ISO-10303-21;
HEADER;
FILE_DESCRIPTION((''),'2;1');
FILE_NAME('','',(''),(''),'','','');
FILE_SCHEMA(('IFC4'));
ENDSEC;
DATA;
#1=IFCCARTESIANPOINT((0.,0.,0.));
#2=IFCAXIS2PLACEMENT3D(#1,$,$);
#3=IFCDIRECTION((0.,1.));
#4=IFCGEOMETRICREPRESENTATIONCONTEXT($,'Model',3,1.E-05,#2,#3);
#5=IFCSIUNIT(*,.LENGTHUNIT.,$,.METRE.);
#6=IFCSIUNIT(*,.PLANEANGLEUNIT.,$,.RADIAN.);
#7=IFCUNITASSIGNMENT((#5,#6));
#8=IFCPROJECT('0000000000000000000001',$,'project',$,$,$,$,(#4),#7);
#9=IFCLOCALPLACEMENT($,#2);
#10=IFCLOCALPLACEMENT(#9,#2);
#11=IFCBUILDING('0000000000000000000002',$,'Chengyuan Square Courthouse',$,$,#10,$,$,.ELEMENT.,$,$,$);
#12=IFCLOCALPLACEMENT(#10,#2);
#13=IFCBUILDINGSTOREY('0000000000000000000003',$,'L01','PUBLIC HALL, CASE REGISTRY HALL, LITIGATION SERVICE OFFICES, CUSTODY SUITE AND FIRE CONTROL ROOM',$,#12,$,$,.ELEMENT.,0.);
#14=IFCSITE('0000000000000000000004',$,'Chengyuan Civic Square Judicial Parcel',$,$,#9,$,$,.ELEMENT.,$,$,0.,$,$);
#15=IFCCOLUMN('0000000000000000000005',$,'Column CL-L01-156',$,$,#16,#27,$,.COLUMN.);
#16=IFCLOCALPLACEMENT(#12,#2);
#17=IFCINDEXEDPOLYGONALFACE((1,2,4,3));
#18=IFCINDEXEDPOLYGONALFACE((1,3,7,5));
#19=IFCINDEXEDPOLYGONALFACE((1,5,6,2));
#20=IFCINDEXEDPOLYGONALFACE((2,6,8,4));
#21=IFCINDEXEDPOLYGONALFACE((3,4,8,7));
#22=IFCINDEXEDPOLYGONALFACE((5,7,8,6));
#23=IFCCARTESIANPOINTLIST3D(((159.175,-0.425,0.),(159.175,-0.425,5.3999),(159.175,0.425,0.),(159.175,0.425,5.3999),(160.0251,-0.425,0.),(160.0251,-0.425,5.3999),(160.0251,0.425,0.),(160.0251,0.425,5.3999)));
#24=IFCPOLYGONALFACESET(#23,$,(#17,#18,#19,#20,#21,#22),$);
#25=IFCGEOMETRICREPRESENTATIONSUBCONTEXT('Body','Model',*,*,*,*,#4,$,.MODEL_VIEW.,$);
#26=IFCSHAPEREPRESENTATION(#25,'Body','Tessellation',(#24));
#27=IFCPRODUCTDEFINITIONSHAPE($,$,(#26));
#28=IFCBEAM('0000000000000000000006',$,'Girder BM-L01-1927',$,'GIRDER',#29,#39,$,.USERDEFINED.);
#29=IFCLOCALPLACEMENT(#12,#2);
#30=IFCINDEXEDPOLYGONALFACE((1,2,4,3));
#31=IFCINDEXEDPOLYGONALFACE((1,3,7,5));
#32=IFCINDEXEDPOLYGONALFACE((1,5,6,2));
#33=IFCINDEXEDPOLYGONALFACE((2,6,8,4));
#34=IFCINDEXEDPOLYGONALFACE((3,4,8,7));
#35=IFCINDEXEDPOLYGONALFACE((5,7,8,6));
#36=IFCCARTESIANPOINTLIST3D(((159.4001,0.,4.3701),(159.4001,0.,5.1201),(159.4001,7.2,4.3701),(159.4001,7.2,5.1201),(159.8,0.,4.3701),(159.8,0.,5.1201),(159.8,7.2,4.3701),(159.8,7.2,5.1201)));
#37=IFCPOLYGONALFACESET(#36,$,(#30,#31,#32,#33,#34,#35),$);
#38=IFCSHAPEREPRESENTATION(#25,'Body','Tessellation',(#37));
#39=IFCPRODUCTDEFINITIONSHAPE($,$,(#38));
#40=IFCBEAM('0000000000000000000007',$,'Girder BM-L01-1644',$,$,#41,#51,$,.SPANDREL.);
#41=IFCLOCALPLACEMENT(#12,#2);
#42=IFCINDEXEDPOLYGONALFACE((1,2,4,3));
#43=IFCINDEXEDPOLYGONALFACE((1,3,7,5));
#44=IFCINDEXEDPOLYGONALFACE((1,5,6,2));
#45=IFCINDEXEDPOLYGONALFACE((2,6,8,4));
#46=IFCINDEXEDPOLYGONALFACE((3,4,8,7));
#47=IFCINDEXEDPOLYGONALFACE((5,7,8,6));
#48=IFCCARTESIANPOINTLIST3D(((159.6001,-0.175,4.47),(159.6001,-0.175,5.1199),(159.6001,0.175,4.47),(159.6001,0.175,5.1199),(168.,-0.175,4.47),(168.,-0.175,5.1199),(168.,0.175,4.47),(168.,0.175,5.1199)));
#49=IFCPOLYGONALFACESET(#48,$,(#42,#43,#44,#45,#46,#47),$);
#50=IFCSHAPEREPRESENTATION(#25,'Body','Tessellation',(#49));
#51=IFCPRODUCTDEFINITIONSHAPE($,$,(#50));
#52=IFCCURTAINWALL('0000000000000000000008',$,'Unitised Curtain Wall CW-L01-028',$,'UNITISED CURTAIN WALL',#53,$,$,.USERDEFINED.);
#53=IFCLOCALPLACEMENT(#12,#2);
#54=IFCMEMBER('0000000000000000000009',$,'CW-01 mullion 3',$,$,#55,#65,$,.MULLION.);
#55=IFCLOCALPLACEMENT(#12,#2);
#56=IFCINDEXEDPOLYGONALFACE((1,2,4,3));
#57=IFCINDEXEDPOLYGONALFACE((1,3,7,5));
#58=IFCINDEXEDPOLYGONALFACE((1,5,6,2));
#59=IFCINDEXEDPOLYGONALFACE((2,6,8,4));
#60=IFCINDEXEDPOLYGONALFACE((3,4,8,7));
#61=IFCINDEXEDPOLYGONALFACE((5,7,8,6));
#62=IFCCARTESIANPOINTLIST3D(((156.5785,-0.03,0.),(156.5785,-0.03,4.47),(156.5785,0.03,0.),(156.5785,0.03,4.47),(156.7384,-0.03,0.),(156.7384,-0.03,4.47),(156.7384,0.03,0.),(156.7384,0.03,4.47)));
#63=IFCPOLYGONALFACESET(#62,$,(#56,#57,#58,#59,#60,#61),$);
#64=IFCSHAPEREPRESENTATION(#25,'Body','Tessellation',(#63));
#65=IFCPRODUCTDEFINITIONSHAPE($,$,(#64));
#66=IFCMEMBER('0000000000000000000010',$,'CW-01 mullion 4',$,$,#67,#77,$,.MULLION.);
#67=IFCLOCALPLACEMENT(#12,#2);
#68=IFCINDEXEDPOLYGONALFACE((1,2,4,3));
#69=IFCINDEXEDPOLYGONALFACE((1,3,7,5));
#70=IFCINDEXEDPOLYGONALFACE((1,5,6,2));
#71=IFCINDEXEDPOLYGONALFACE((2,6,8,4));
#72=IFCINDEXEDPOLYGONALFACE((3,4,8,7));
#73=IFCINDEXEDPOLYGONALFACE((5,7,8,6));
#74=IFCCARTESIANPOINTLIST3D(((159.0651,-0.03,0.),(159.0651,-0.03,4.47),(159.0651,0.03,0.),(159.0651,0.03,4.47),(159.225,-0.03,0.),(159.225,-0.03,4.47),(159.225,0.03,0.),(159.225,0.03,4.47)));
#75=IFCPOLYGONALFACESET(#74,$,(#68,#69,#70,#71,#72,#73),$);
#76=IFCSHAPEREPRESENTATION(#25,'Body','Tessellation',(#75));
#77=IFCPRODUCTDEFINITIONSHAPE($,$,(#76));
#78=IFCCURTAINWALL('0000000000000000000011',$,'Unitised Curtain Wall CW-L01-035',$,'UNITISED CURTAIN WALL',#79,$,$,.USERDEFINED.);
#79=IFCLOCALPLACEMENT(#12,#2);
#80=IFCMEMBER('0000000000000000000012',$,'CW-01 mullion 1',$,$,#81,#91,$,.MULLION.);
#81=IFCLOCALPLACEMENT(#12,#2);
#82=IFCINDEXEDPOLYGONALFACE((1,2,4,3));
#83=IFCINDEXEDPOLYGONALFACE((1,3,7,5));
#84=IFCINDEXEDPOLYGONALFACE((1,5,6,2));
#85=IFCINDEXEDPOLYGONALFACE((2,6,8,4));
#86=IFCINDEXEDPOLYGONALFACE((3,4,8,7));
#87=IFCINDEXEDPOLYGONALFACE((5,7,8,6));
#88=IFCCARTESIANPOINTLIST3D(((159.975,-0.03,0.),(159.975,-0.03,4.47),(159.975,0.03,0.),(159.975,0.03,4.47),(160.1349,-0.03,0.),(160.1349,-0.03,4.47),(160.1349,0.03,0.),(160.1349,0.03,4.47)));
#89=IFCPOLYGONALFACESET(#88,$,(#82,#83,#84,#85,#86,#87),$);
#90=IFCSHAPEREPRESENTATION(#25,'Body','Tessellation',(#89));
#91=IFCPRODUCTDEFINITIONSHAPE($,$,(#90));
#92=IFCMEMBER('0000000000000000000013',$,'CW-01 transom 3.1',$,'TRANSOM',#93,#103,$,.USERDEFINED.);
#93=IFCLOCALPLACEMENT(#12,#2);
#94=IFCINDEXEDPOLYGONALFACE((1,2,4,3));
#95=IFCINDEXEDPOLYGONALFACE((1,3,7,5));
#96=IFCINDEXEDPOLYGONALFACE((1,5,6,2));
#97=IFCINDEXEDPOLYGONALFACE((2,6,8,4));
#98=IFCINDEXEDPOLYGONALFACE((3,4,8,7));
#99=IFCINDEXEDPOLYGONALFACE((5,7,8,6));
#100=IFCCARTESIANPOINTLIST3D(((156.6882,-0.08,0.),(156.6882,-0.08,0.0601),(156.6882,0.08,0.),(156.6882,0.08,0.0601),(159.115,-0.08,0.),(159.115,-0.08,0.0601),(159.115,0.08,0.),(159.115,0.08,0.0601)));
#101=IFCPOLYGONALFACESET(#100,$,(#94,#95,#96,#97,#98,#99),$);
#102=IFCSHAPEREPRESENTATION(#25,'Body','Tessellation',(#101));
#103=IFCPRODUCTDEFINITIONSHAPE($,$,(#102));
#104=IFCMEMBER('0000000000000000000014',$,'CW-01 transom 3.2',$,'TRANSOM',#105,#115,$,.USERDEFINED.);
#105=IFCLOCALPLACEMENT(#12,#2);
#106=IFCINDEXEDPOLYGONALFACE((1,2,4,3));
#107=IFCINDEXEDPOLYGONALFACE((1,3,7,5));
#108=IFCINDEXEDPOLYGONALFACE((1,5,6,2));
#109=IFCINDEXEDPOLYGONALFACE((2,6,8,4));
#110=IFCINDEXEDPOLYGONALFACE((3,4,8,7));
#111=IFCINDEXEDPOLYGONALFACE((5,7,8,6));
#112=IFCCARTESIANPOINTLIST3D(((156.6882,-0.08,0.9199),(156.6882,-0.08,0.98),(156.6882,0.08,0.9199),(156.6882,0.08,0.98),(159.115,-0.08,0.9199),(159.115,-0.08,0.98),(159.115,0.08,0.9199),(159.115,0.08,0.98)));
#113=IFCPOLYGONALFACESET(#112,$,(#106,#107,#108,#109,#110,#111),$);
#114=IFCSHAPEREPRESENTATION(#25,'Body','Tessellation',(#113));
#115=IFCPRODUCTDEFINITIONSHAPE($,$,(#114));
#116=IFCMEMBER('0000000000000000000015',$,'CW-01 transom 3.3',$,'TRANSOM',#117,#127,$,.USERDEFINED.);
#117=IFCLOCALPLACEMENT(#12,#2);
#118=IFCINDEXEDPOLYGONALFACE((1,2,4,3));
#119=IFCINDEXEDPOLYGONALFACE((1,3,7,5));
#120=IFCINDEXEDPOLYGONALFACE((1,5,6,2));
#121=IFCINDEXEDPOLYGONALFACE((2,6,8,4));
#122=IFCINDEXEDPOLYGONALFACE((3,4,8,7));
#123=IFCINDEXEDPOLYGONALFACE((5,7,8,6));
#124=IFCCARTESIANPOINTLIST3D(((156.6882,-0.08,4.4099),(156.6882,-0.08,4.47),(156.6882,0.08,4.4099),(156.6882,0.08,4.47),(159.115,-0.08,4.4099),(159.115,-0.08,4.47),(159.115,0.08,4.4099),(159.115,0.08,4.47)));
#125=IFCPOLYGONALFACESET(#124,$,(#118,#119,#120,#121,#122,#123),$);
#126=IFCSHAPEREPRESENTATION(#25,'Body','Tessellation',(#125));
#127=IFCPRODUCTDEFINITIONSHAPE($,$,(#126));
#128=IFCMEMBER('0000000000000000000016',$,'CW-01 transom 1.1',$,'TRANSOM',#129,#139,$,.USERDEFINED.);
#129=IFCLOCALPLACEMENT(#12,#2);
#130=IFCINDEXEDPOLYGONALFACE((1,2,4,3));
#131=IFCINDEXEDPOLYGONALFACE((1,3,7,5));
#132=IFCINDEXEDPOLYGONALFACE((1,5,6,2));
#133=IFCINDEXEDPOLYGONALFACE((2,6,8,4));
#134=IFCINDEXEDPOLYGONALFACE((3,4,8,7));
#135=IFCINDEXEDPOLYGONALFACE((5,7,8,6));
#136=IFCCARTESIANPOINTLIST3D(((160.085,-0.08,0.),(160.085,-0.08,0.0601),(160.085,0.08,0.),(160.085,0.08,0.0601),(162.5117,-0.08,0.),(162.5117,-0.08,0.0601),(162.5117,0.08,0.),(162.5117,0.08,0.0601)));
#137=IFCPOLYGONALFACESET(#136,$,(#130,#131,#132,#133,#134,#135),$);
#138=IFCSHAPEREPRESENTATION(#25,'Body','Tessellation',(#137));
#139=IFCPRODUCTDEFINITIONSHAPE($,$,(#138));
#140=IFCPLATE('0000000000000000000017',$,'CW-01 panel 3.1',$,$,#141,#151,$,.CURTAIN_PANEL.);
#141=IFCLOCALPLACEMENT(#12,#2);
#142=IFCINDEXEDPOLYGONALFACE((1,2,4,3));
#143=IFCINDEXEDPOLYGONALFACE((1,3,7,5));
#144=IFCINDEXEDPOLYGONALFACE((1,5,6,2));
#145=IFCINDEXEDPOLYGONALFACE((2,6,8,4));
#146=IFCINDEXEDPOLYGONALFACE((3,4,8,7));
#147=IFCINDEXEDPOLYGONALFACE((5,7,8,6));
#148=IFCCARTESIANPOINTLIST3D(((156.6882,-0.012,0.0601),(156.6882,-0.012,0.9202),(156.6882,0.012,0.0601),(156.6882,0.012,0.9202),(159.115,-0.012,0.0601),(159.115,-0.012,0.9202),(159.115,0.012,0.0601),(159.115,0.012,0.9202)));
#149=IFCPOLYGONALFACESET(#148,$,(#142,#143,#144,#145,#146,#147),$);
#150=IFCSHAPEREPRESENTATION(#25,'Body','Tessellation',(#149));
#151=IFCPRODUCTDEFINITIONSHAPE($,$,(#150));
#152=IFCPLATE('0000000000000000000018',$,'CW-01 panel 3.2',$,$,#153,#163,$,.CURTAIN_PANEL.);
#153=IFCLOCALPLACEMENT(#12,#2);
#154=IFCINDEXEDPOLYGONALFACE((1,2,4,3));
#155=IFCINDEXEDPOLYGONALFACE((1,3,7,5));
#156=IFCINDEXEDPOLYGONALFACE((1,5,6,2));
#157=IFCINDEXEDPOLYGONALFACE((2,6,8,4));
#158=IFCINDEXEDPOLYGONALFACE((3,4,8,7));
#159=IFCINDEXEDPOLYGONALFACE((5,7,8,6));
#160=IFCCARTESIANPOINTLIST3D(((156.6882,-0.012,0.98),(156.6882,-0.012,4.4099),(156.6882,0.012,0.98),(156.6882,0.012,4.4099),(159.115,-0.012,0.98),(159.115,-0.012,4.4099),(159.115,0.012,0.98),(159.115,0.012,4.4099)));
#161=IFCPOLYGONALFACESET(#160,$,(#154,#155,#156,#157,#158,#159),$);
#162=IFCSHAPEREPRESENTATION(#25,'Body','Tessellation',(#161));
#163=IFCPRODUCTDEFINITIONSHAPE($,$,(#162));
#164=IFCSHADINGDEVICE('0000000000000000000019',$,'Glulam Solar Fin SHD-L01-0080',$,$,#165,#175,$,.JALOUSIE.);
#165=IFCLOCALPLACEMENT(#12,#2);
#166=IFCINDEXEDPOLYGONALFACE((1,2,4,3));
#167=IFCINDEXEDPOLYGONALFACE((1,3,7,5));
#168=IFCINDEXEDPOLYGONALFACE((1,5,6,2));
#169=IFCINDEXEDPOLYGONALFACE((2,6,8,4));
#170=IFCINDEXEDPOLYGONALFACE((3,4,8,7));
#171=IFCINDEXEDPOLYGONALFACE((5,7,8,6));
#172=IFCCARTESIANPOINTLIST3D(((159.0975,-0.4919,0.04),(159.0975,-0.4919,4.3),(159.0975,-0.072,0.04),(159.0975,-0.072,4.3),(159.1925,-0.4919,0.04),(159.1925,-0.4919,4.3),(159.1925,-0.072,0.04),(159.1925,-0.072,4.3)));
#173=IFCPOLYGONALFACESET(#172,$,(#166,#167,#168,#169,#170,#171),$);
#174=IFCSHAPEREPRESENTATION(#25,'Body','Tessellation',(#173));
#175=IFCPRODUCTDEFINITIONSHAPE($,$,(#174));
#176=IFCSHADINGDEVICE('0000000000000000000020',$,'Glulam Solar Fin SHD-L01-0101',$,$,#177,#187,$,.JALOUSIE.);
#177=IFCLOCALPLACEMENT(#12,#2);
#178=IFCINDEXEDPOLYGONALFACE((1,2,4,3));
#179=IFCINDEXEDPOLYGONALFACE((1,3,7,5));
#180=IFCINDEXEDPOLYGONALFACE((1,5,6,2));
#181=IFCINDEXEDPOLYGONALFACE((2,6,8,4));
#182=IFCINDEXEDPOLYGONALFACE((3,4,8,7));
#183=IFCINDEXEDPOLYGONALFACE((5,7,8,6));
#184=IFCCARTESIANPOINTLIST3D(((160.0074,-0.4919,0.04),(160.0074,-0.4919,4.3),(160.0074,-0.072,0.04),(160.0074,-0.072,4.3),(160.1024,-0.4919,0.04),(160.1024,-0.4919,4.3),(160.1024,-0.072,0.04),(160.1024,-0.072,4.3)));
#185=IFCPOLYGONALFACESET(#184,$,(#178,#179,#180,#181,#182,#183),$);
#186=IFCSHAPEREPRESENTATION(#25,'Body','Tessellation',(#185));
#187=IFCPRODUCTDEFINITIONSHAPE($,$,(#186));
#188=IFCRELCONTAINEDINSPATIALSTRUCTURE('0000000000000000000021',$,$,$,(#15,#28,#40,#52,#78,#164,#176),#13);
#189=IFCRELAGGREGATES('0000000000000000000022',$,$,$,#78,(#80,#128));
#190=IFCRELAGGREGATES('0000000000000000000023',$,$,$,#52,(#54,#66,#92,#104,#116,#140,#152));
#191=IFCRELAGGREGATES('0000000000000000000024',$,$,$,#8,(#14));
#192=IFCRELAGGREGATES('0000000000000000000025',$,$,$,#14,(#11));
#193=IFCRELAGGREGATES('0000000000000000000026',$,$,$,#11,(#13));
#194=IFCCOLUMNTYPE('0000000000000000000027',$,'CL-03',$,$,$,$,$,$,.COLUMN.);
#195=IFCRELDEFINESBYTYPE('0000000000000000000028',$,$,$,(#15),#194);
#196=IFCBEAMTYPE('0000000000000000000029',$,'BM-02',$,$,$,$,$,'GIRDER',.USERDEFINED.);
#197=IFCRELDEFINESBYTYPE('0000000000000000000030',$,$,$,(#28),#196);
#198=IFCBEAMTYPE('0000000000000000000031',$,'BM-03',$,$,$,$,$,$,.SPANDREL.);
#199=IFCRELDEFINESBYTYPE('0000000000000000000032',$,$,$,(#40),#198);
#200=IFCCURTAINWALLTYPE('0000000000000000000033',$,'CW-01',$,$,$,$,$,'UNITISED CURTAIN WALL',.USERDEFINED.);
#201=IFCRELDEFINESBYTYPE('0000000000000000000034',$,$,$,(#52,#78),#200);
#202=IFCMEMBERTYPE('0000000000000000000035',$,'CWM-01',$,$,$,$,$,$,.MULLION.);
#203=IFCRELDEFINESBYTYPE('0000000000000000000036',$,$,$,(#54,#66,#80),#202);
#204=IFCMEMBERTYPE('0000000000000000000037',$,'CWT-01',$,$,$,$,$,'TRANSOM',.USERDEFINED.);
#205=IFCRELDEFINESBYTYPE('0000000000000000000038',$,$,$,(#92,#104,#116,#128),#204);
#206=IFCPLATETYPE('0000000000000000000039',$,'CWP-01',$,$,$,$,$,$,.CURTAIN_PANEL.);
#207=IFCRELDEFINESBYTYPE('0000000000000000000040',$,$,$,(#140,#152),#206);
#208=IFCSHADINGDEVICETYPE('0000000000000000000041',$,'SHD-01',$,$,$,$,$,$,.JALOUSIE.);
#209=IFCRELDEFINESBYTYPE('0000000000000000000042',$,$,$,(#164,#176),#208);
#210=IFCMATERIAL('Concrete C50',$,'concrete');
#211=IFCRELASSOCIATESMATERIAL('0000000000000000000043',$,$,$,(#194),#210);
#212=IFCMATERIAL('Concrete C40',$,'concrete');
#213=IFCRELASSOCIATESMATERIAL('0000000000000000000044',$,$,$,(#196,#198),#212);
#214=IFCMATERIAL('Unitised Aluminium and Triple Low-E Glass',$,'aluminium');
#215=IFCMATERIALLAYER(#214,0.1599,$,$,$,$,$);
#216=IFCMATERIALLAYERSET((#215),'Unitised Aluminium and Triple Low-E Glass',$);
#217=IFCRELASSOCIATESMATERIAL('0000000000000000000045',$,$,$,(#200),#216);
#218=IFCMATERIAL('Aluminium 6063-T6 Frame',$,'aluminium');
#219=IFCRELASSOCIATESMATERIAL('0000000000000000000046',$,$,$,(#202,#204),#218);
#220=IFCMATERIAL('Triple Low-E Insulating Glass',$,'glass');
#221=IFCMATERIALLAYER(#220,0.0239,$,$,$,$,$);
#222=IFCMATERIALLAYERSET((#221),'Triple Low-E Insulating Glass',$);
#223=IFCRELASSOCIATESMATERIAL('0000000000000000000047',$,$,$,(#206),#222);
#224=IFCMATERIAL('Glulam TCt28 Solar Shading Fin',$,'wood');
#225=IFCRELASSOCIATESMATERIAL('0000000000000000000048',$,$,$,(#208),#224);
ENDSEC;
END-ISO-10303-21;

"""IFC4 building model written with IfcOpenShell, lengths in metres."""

from ifc_helpers import new_model, si_unit, direction, frame, origin, origin_2d, place, context, subcontext, project, spatial, rectangle, extrude, material, layer, layer_set, material_profile, profile_set, type_object, element, aggregate, save


model = new_model("IFC4")

# Units and contexts
model_context = context("Model", 3, precision=1e-05, world=origin(), true_north=direction((0.0, 1.0)))
body_context = subcontext(model_context, "Body", "Model", "MODEL_VIEW")
ifc_project = project(units=[si_unit("LENGTHUNIT", "METRE"), si_unit("PLANEANGLEUNIT", "RADIAN")], contexts=[model_context])

# Site, building, storey
site_placement = place(None, origin())
site = spatial("IfcSite", under=ifc_project, at=site_placement, Name="Chengyuan Civic Square Judicial Parcel", CompositionType="ELEMENT", RefElevation=0.0)
building_placement = place(site_placement, origin())
building = spatial("IfcBuilding", under=site, at=building_placement, Name="Chengyuan Square Courthouse", CompositionType="ELEMENT")
storey_placement = place(building_placement, origin())
storey = spatial("IfcBuildingStorey", under=building, at=storey_placement, Name="L01", Description="PUBLIC HALL, CASE REGISTRY HALL, LITIGATION SERVICE OFFICES, CUSTODY SUITE AND FIRE CONTROL ROOM", CompositionType="ELEMENT", Elevation=0.0)

# Column
ifc_material_1 = material(Name="Concrete C50", Category="concrete")
ifc_material_profile_1 = material_profile(ifc_material_1, rectangle(XDim=0.8501, YDim=0.8501, at=origin_2d()), Name="RC-COL-850x850")
ifc_profile_set_1 = profile_set([ifc_material_profile_1], Name="Concrete C50")
column_type = type_object("IfcColumnType", Name="CL-03", PredefinedType="COLUMN", material=ifc_profile_set_1)
column_placement = place(storey_placement, frame((159.6001, 0.0, 0.0), z_axis=(0.0, 0.0, 1.0), x_axis=(1.0, 0.0, 0.0)))
element("IfcColumn", 1, at=column_placement, inside=storey, type_object=column_type, Name="Column CL-L01-156", PredefinedType="COLUMN", context=body_context, shape_type="SweptSolid", body=[
    extrude(rectangle(XDim=0.8501, YDim=0.8501, at=origin_2d()), origin(), (0.0, 0.0, 1.0), 5.3999),
])

# Beams
ifc_material_2 = material(Name="Concrete C40", Category="concrete")
ifc_material_profile_2 = material_profile(ifc_material_2, rectangle(XDim=0.3999, YDim=0.75, at=origin_2d()), Name="RC-BM-400x750")
ifc_profile_set_2 = profile_set([ifc_material_profile_2], Name="Concrete C40")
beam_type_1 = type_object("IfcBeamType", Name="BM-02", ElementType="GIRDER", PredefinedType="USERDEFINED", material=ifc_profile_set_2)
beam_1_placement = place(storey_placement, frame((159.6001, 0.0, 4.7451), z_axis=(0.0, 1.0, 0.0), x_axis=(-1.0, 0.0, 0.0)))
element("IfcBeam", 2, at=beam_1_placement, inside=storey, type_object=beam_type_1, Name="Girder BM-L01-1927", ObjectType="GIRDER", PredefinedType="USERDEFINED", context=body_context, shape_type="SweptSolid", body=[
    extrude(rectangle(XDim=0.3999, YDim=0.75, at=origin_2d()), origin(), (0.0, 0.0, 1.0), 7.2),
])
ifc_material_profile_3 = material_profile(ifc_material_2, rectangle(XDim=0.3501, YDim=0.6499, at=origin_2d()), Name="RC-BM-350x650")
ifc_profile_set_3 = profile_set([ifc_material_profile_3], Name="Concrete C40")
beam_type_2 = type_object("IfcBeamType", Name="BM-03", PredefinedType="SPANDREL", material=ifc_profile_set_3)
beam_2_placement = place(storey_placement, frame((159.6001, 0.0, 4.7949), z_axis=(1.0, 0.0, 0.0), x_axis=(0.0, 1.0, 0.0)))
element("IfcBeam", 3, at=beam_2_placement, inside=storey, type_object=beam_type_2, Name="Girder BM-L01-1644", PredefinedType="SPANDREL", context=body_context, shape_type="SweptSolid", body=[
    extrude(rectangle(XDim=0.3501, YDim=0.6499, at=origin_2d()), origin(), (0.0, 0.0, 1.0), 8.3999),
])

# Curtain wall, members
ifc_material_3 = material(Name="Unitised Aluminium and Triple Low-E Glass", Category="aluminium")
ifc_layer_1 = layer(ifc_material_3, 0.1599)
ifc_layer_set_1 = layer_set([ifc_layer_1], Name="Unitised Aluminium and Triple Low-E Glass")
curtain_wall_type = type_object("IfcCurtainWallType", Name="CW-01", ElementType="UNITISED CURTAIN WALL", PredefinedType="USERDEFINED", material=ifc_layer_set_1)
curtain_wall_1_placement = place(storey_placement, origin())
curtain_wall_1 = element("IfcCurtainWall", 4, at=curtain_wall_1_placement, inside=storey, type_object=curtain_wall_type, Name="Unitised Curtain Wall CW-L01-028", ObjectType="UNITISED CURTAIN WALL", PredefinedType="USERDEFINED")
ifc_material_4 = material(Name="Aluminium 6063-T6 Frame", Category="aluminium")
ifc_material_profile_4 = material_profile(ifc_material_4, rectangle(XDim=0.0601, YDim=0.1599, at=origin_2d()), Name="CW-MUL-60x160")
ifc_profile_set_4 = profile_set([ifc_material_profile_4], Name="Aluminium 6063-T6 Frame")
member_type_1 = type_object("IfcMemberType", Name="CWM-01", PredefinedType="MULLION", material=ifc_profile_set_4)
member_1_placement = place(storey_placement, frame((156.6584, 0.0, 0.0), z_axis=(0.0, 0.0, 1.0), x_axis=(0.0, 1.0, 0.0)))
member_1 = element("IfcMember", 5, at=member_1_placement, type_object=member_type_1, Name="CW-01 mullion 3", PredefinedType="MULLION", context=body_context, shape_type="SweptSolid", body=[
    extrude(rectangle(XDim=0.0601, YDim=0.1599, at=origin_2d()), origin(), (0.0, 0.0, 1.0), 4.47),
])
member_2_placement = place(storey_placement, frame((159.145, 0.0, 0.0), z_axis=(0.0, 0.0, 1.0), x_axis=(0.0, 1.0, 0.0)))
member_2 = element("IfcMember", 6, at=member_2_placement, type_object=member_type_1, Name="CW-01 mullion 4", PredefinedType="MULLION", context=body_context, shape_type="SweptSolid", body=[
    extrude(rectangle(XDim=0.0601, YDim=0.1599, at=origin_2d()), origin(), (0.0, 0.0, 1.0), 4.47),
])

# Curtain wall, member
curtain_wall_2_placement = place(storey_placement, origin())
curtain_wall_2 = element("IfcCurtainWall", 7, at=curtain_wall_2_placement, inside=storey, type_object=curtain_wall_type, Name="Unitised Curtain Wall CW-L01-035", ObjectType="UNITISED CURTAIN WALL", PredefinedType="USERDEFINED")
member_3_placement = place(storey_placement, frame((160.0549, 0.0, 0.0), z_axis=(0.0, 0.0, 1.0), x_axis=(0.0, 1.0, 0.0)))
member_3 = element("IfcMember", 8, at=member_3_placement, type_object=member_type_1, Name="CW-01 mullion 1", PredefinedType="MULLION", context=body_context, shape_type="SweptSolid", body=[
    extrude(rectangle(XDim=0.0601, YDim=0.1599, at=origin_2d()), origin(), (0.0, 0.0, 1.0), 4.47),
])

# Members
ifc_material_profile_5 = material_profile(ifc_material_4, rectangle(XDim=0.1599, YDim=0.0601, at=origin_2d()), Name="CW-TRN-60x120")
ifc_profile_set_5 = profile_set([ifc_material_profile_5], Name="Aluminium 6063-T6 Frame")
member_type_2 = type_object("IfcMemberType", Name="CWT-01", ElementType="TRANSOM", PredefinedType="USERDEFINED", material=ifc_profile_set_5)
member_4_placement = place(storey_placement, frame((156.6882, 0.0, 0.03), z_axis=(1.0, 0.0, 0.0), x_axis=(0.0, 1.0, 0.0)))
member_4 = element("IfcMember", 9, at=member_4_placement, type_object=member_type_2, Name="CW-01 transom 3.1", ObjectType="TRANSOM", PredefinedType="USERDEFINED", context=body_context, shape_type="SweptSolid", body=[
    extrude(rectangle(XDim=0.1599, YDim=0.0601, at=origin_2d()), origin(), (0.0, 0.0, 1.0), 2.4268),
])
member_5_placement = place(storey_placement, frame((156.6882, 0.0, 0.95), z_axis=(1.0, 0.0, 0.0), x_axis=(0.0, 1.0, 0.0)))
member_5 = element("IfcMember", 10, at=member_5_placement, type_object=member_type_2, Name="CW-01 transom 3.2", ObjectType="TRANSOM", PredefinedType="USERDEFINED", context=body_context, shape_type="SweptSolid", body=[
    extrude(rectangle(XDim=0.1599, YDim=0.0601, at=origin_2d()), origin(), (0.0, 0.0, 1.0), 2.4268),
])
member_6_placement = place(storey_placement, frame((156.6882, 0.0, 4.4399), z_axis=(1.0, 0.0, 0.0), x_axis=(0.0, 1.0, 0.0)))
member_6 = element("IfcMember", 11, at=member_6_placement, type_object=member_type_2, Name="CW-01 transom 3.3", ObjectType="TRANSOM", PredefinedType="USERDEFINED", context=body_context, shape_type="SweptSolid", body=[
    extrude(rectangle(XDim=0.1599, YDim=0.0601, at=origin_2d()), origin(), (0.0, 0.0, 1.0), 2.4268),
])
member_7_placement = place(storey_placement, frame((160.085, 0.0, 0.03), z_axis=(1.0, 0.0, 0.0), x_axis=(0.0, 1.0, 0.0)))
member_7 = element("IfcMember", 12, at=member_7_placement, type_object=member_type_2, Name="CW-01 transom 1.1", ObjectType="TRANSOM", PredefinedType="USERDEFINED", context=body_context, shape_type="SweptSolid", body=[
    extrude(rectangle(XDim=0.1599, YDim=0.0601, at=origin_2d()), origin(), (0.0, 0.0, 1.0), 2.4268),
])
aggregate(curtain_wall_2, [member_3, member_7])

# Plates
ifc_material_5 = material(Name="Triple Low-E Insulating Glass", Category="glass")
ifc_layer_2 = layer(ifc_material_5, 0.0239)
ifc_layer_set_2 = layer_set([ifc_layer_2], Name="Triple Low-E Insulating Glass")
plate_type = type_object("IfcPlateType", Name="CWP-01", PredefinedType="CURTAIN_PANEL", material=ifc_layer_set_2)
plate_1_placement = place(storey_placement, frame((157.9016, 0.0, 0.0601), z_axis=(0.0, 0.0, 1.0), x_axis=(1.0, 0.0, 0.0)))
plate_1 = element("IfcPlate", 13, at=plate_1_placement, type_object=plate_type, Name="CW-01 panel 3.1", PredefinedType="CURTAIN_PANEL", context=body_context, shape_type="SweptSolid", body=[
    extrude(rectangle(XDim=2.4268, YDim=0.0239, at=origin_2d()), origin(), (0.0, 0.0, 1.0), 0.8601),
])
plate_2_placement = place(storey_placement, frame((157.9016, 0.0, 0.98), z_axis=(0.0, 0.0, 1.0), x_axis=(1.0, 0.0, 0.0)))
plate_2 = element("IfcPlate", 14, at=plate_2_placement, type_object=plate_type, Name="CW-01 panel 3.2", PredefinedType="CURTAIN_PANEL", context=body_context, shape_type="SweptSolid", body=[
    extrude(rectangle(XDim=2.4268, YDim=0.0239, at=origin_2d()), origin(), (0.0, 0.0, 1.0), 3.4299),
])
aggregate(curtain_wall_1, [member_1, member_2, member_4, member_5, member_6, plate_1, plate_2])

# Shading devices
ifc_material_6 = material(Name="Glulam TCt28 Solar Shading Fin", Category="wood")
shading_device_type_1 = type_object("IfcShadingDeviceType", Name="SHD-01", PredefinedType="JALOUSIE", material=ifc_material_6)
for number, where, z_axis, x_axis, name in (
    (15, (159.145, -0.282, 0.04), (0.0, 0.0, 1.0), (0.0, 1.0, 0.0), "Glulam Solar Fin SHD-L01-0080"),
    (16, (160.0549, -0.282, 0.04), (0.0, 0.0, 1.0), (0.0, 1.0, 0.0), "Glulam Solar Fin SHD-L01-0101"),
):
    element("IfcShadingDevice", number, at=place(storey_placement, frame(where, z_axis=z_axis, x_axis=x_axis)), inside=storey, type_object=shading_device_type_1, Name=name, PredefinedType="JALOUSIE", context=body_context, shape_type="SweptSolid", body=[
        extrude(rectangle(XDim=0.4199, YDim=0.095, at=origin_2d()), origin(), (0.0, 0.0, 1.0), 4.26),
    ])

save(model, "model.ifc")
